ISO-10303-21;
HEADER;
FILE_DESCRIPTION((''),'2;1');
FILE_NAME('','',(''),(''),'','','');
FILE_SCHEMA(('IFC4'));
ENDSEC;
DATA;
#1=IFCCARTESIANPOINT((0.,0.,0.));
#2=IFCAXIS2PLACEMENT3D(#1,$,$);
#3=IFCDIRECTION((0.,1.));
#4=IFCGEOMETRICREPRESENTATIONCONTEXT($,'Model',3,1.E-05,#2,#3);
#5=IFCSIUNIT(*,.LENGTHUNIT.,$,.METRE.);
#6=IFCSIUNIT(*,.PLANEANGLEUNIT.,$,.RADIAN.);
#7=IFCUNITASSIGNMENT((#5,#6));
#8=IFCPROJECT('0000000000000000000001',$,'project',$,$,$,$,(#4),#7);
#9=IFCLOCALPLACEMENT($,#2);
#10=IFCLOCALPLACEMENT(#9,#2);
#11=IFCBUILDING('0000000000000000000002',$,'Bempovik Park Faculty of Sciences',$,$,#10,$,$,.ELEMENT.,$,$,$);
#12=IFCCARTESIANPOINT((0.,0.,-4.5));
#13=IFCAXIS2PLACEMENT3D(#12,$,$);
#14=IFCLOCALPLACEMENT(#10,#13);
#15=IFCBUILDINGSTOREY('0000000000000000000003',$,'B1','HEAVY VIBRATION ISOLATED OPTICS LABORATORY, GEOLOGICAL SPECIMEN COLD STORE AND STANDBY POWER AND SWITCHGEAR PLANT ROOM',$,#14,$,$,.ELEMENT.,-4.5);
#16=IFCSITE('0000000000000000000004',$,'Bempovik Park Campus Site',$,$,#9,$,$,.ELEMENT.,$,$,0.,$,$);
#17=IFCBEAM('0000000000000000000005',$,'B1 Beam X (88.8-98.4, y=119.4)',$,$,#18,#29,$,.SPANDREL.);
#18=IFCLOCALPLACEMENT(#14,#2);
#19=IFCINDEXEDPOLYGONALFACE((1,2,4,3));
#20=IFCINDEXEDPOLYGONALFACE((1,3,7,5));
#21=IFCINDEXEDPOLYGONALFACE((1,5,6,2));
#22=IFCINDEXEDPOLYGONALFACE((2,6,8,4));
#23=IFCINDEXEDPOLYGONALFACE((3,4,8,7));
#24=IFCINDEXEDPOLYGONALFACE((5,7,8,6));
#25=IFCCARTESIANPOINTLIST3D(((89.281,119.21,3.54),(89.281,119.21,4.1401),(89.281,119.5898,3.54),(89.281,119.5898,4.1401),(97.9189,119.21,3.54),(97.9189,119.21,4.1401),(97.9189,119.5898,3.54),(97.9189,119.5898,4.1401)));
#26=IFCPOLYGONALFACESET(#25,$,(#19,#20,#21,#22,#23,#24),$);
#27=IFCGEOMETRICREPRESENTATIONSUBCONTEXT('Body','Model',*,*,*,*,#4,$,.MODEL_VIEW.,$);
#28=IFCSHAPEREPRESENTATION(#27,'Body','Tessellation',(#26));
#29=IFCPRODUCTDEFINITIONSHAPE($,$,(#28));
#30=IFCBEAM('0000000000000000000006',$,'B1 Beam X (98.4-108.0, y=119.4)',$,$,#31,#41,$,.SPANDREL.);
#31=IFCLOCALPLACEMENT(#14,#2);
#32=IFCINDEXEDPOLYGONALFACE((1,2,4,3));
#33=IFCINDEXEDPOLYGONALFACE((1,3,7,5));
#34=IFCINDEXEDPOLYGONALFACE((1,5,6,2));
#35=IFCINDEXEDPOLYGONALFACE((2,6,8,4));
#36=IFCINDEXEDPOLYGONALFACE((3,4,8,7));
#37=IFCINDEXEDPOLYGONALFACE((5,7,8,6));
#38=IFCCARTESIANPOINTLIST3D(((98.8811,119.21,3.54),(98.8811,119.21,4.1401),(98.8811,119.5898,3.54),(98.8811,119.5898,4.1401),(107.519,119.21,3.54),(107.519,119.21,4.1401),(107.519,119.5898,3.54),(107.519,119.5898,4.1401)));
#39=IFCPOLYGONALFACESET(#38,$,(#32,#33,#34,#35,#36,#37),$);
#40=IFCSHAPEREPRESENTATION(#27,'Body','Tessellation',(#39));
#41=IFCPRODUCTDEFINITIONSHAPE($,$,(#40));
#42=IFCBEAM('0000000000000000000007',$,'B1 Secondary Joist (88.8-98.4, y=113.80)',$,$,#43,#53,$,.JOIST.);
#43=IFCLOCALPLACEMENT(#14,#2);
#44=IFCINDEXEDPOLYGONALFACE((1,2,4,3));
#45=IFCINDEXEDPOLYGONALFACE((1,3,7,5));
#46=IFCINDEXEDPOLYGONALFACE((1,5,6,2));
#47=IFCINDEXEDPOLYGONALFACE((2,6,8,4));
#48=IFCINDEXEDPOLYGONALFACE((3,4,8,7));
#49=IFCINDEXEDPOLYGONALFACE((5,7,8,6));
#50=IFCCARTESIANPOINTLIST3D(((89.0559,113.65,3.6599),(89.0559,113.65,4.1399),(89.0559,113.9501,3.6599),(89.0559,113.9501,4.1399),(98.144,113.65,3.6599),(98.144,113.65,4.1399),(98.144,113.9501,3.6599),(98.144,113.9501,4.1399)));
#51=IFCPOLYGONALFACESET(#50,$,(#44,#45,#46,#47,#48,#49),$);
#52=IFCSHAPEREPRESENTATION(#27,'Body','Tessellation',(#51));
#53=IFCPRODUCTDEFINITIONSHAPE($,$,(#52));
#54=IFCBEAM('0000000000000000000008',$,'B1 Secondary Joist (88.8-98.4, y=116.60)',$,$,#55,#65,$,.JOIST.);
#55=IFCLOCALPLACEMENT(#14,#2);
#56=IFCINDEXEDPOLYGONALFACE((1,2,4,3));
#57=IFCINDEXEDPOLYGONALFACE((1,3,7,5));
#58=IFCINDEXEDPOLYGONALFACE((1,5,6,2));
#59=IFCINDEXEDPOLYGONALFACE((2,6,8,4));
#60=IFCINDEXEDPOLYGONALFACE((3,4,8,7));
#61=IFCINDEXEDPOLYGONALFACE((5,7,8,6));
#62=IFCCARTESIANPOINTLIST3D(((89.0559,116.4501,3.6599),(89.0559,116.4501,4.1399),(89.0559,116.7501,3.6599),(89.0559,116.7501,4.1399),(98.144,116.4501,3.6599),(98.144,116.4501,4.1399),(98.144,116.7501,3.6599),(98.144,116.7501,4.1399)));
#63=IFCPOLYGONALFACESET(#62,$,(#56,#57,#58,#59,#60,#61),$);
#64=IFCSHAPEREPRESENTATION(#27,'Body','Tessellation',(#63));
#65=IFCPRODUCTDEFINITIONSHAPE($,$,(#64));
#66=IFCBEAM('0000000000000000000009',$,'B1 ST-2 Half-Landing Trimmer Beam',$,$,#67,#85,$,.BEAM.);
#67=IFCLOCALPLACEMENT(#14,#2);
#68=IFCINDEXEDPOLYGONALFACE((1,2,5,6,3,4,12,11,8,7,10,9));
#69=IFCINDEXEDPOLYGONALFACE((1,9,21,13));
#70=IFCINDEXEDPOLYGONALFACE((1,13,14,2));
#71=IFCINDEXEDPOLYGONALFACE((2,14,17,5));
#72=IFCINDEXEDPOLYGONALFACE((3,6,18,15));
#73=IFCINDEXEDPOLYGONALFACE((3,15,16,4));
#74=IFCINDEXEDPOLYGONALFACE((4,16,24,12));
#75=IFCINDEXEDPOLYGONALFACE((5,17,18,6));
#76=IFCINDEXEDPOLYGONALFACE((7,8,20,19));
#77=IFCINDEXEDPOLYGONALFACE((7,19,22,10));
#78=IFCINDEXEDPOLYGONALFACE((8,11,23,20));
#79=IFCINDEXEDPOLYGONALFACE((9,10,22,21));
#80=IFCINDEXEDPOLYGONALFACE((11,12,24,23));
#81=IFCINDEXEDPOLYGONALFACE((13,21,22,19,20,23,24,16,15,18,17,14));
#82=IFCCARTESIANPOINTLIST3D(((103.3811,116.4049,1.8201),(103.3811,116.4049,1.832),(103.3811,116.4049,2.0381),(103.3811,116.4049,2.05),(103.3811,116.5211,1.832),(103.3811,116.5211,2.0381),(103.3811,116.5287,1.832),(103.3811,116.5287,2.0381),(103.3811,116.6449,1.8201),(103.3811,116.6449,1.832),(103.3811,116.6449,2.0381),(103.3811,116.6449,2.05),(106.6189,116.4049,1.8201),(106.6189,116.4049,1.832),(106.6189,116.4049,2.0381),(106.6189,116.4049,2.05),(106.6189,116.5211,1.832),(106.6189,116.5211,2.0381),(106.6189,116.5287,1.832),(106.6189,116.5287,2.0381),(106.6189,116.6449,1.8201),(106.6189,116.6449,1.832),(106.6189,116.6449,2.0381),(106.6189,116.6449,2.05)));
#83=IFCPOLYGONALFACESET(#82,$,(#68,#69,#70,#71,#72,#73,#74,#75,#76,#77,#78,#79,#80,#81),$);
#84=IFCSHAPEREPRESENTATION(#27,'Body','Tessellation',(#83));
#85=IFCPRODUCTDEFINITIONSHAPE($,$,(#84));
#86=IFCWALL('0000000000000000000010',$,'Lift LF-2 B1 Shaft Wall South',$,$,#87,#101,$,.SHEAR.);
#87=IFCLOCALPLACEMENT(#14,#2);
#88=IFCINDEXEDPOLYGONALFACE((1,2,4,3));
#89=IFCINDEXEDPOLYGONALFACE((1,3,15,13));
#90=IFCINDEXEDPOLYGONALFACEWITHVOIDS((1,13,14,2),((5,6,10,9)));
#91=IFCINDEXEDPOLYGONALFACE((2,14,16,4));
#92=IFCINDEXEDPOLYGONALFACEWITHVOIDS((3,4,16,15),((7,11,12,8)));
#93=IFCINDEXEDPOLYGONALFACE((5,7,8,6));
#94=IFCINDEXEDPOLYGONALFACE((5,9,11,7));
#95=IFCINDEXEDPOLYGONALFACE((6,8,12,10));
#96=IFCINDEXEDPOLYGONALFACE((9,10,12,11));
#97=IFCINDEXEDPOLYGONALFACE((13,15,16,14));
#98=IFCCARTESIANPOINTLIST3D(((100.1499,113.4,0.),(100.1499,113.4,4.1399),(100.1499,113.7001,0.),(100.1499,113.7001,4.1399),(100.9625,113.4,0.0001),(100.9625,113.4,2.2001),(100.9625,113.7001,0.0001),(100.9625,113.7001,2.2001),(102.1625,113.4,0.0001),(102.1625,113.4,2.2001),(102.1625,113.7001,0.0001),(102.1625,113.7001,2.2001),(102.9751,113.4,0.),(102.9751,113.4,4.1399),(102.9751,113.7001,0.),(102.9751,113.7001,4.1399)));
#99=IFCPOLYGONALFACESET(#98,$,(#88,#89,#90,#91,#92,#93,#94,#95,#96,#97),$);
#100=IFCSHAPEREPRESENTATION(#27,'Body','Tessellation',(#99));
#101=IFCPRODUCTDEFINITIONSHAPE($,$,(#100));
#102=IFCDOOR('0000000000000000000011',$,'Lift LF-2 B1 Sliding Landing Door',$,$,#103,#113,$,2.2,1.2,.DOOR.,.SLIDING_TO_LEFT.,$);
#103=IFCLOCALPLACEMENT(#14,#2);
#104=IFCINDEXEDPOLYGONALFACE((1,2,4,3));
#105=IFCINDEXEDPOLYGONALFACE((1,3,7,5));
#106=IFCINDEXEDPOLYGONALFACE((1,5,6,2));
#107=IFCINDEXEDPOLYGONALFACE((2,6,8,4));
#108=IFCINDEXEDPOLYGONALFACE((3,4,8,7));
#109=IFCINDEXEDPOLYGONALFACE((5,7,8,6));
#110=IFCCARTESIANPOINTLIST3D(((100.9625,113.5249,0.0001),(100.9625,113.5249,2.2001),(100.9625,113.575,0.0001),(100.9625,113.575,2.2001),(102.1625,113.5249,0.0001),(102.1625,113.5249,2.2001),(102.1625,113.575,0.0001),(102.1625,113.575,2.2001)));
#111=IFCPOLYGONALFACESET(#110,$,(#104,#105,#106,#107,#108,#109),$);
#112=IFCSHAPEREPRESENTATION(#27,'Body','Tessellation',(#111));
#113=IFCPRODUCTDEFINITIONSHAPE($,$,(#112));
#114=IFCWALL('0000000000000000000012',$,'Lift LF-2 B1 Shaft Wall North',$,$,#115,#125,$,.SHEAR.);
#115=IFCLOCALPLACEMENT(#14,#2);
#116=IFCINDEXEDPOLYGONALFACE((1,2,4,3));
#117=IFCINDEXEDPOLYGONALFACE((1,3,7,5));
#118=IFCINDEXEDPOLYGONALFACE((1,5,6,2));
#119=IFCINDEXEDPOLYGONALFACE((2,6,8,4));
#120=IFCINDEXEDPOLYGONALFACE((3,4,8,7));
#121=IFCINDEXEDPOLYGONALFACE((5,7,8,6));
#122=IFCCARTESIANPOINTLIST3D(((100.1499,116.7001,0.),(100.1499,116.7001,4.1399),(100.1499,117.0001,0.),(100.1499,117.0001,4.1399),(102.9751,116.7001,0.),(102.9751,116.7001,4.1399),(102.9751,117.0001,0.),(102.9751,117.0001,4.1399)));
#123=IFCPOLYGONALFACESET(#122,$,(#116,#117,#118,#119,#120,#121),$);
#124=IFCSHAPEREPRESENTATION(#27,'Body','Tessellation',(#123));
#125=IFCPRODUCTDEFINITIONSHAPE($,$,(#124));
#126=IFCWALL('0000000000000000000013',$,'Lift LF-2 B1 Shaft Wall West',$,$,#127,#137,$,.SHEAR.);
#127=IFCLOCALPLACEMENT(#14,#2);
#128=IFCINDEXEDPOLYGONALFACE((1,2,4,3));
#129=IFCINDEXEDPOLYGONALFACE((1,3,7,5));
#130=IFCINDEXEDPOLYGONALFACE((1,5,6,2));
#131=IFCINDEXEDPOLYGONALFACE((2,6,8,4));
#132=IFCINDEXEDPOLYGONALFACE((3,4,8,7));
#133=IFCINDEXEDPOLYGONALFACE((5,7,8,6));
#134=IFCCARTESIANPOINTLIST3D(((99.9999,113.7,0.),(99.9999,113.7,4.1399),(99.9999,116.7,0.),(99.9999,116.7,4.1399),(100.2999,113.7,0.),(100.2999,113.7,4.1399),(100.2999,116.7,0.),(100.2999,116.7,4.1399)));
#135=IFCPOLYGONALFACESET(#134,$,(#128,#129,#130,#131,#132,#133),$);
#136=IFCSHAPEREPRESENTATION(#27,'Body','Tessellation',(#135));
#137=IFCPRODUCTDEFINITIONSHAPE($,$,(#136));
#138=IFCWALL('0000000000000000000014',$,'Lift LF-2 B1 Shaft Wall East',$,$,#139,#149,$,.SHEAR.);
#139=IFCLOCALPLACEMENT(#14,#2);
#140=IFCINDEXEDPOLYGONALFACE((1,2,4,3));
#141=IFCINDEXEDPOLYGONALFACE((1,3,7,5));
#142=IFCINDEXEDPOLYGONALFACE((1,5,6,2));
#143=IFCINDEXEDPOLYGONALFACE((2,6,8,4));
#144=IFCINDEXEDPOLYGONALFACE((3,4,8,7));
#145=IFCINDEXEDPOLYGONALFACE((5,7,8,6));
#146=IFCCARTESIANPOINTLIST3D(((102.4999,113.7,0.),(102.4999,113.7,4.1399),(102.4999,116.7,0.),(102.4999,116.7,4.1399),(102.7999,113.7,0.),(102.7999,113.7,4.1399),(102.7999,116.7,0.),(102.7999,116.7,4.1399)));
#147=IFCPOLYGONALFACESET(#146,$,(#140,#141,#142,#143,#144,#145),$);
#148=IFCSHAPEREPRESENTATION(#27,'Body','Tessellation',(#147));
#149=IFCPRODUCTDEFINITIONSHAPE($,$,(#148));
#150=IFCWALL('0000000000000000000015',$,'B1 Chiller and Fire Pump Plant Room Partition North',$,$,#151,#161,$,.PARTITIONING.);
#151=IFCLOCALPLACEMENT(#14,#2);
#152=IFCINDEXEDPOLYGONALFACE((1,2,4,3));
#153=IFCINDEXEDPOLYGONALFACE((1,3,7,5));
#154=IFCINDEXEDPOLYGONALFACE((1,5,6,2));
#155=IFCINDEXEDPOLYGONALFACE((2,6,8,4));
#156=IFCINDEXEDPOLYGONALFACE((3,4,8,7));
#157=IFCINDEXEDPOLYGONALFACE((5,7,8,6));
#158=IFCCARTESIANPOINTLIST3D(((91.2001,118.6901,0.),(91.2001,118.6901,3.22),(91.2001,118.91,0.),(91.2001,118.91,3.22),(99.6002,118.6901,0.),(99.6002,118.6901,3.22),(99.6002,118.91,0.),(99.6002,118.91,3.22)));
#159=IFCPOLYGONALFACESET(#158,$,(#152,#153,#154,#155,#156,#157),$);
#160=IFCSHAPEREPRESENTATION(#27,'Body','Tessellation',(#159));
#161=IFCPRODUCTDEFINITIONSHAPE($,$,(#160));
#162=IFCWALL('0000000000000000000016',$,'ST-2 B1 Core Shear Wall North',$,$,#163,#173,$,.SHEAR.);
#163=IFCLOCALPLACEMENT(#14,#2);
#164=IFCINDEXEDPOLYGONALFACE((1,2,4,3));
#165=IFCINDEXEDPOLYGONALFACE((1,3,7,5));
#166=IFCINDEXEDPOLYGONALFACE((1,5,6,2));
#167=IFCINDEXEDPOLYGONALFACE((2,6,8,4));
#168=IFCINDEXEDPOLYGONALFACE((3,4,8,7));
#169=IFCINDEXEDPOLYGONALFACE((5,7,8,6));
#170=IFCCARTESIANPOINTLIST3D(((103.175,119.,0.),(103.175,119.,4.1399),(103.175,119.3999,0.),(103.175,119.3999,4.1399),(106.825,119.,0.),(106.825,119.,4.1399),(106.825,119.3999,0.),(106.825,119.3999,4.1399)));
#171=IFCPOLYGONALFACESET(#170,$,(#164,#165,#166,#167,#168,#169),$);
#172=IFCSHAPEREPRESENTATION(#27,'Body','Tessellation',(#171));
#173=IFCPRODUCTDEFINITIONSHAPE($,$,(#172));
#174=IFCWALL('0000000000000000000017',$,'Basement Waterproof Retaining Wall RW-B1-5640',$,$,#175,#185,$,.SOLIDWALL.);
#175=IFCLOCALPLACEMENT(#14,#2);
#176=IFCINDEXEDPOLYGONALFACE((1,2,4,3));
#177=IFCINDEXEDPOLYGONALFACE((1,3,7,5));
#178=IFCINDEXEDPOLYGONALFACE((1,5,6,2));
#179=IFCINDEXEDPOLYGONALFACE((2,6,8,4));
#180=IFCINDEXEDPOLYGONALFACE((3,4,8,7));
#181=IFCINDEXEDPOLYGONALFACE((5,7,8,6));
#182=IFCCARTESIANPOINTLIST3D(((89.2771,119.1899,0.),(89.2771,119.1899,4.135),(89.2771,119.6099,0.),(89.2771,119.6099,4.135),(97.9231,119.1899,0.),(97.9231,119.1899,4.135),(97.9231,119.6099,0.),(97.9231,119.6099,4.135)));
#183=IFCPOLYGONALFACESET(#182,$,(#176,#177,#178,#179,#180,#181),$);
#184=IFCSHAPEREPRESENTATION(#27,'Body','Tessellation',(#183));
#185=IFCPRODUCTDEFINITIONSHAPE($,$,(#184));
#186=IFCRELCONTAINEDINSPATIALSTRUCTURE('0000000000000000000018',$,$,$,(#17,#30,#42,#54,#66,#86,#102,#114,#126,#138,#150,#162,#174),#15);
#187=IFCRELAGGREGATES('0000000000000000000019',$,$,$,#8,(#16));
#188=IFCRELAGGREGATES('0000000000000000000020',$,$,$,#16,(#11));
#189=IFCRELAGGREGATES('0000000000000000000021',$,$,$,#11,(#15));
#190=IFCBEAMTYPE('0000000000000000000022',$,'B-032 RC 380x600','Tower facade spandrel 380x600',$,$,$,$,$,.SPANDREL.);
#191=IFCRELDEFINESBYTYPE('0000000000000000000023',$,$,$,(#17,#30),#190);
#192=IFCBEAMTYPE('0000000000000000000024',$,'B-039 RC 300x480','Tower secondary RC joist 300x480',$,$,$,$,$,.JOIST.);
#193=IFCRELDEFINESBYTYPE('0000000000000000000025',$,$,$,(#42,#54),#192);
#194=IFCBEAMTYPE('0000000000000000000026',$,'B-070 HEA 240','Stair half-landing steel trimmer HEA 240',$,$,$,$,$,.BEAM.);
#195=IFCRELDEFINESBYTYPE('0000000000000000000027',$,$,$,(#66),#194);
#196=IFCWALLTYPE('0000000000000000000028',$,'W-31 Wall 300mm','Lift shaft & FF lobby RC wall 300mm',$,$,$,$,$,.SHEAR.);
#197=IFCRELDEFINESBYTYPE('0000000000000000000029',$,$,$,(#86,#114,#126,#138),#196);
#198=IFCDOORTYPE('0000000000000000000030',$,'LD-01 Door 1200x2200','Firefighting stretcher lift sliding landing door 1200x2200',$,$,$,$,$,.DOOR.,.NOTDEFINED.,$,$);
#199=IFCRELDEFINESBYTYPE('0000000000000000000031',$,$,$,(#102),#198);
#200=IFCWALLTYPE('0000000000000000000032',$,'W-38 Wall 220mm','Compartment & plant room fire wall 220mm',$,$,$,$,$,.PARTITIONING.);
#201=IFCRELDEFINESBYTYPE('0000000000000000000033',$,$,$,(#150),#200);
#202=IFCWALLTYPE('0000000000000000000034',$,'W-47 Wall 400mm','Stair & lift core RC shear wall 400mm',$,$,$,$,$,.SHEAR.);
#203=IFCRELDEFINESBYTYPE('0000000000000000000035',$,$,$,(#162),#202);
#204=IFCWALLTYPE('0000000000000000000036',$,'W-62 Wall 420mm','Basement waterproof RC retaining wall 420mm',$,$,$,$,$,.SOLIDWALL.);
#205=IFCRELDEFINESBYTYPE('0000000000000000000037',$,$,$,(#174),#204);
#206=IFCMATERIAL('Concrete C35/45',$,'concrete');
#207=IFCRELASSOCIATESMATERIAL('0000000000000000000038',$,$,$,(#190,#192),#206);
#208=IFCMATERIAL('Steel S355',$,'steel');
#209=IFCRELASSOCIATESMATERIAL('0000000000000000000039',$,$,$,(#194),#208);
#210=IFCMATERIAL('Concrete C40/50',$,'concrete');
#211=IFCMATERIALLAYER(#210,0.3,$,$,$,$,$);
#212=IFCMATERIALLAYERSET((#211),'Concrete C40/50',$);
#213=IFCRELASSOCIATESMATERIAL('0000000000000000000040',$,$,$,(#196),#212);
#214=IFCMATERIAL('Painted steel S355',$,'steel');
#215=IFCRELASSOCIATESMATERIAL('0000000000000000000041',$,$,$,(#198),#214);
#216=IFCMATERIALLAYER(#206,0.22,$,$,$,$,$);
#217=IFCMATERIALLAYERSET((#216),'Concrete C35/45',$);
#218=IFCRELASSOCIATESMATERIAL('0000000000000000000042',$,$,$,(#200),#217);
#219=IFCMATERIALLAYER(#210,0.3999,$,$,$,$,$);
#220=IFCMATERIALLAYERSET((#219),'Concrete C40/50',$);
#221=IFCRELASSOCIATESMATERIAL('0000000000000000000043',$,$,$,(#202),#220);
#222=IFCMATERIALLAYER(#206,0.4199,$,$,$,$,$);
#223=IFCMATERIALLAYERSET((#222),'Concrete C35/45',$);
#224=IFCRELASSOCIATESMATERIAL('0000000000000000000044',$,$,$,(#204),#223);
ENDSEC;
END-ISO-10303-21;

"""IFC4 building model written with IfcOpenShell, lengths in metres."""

from ifc_helpers import new_model, si_unit, direction, frame, frame_2d, origin, origin_2d, place, context, subcontext, project, spatial, rectangle, i_section, extrude, material, layer, layer_set, material_profile, profile_set, type_object, element, fill, save


model = new_model("IFC4")

# Units and contexts
model_context = context("Model", 3, precision=1e-05, world=origin(), true_north=direction((0.0, 1.0)))
body_context = subcontext(model_context, "Body", "Model", "MODEL_VIEW")
ifc_project = project(units=[si_unit("LENGTHUNIT", "METRE"), si_unit("PLANEANGLEUNIT", "RADIAN")], contexts=[model_context])

# Site, building, storey
site_placement = place(None, origin())
site = spatial("IfcSite", under=ifc_project, at=site_placement, Name="Bempovik Park Campus Site", CompositionType="ELEMENT", RefElevation=0.0)
building_placement = place(site_placement, origin())
building = spatial("IfcBuilding", under=site, at=building_placement, Name="Bempovik Park Faculty of Sciences", CompositionType="ELEMENT")
storey_placement = place(building_placement, frame((0.0, 0.0, -4.5)))
storey = spatial("IfcBuildingStorey", under=building, at=storey_placement, Name="B1", Description="HEAVY VIBRATION ISOLATED OPTICS LABORATORY, GEOLOGICAL SPECIMEN COLD STORE AND STANDBY POWER AND SWITCHGEAR PLANT ROOM", CompositionType="ELEMENT", Elevation=-4.5)

# Shared definitions
ifc_material_1 = material(Name="Concrete C35/45", Category="concrete")

# Shared definitions
ifc_material_2 = material(Name="Concrete C40/50", Category="concrete")

# Beams
ifc_material_profile_1 = material_profile(ifc_material_1, rectangle(XDim=0.3799, YDim=0.6001, at=origin_2d()), Name="RC 380x600")
ifc_profile_set_1 = profile_set([ifc_material_profile_1], Name="Concrete C35/45")
beam_type_1 = type_object("IfcBeamType", Name="B-032 RC 380x600", Description="Tower facade spandrel 380x600", PredefinedType="SPANDREL", material=ifc_profile_set_1)
for number, where, z_axis, x_axis, name in (
    (1, (89.281, 119.3999, 3.8401), (1.0, 0.0, 0.0), (0.0, 1.0, 0.0), "B1 Beam X (88.8-98.4, y=119.4)"),
    (2, (98.8811, 119.3999, 3.8401), (1.0, 0.0, 0.0), (0.0, 1.0, 0.0), "B1 Beam X (98.4-108.0, y=119.4)"),
):
    element("IfcBeam", number, at=place(storey_placement, frame(where, z_axis=z_axis, x_axis=x_axis)), inside=storey, type_object=beam_type_1, Name=name, PredefinedType="SPANDREL", context=body_context, shape_type="SweptSolid", body=[
        extrude(rectangle(XDim=0.3799, YDim=0.6001, at=origin_2d()), origin(), (0.0, 0.0, 1.0), 8.6379),
    ])
ifc_material_profile_2 = material_profile(ifc_material_1, rectangle(XDim=0.3, YDim=0.48, at=origin_2d()), Name="RC 300x480")
ifc_profile_set_2 = profile_set([ifc_material_profile_2], Name="Concrete C35/45")
beam_type_2 = type_object("IfcBeamType", Name="B-039 RC 300x480", Description="Tower secondary RC joist 300x480", PredefinedType="JOIST", material=ifc_profile_set_2)
for number, where, z_axis, x_axis, name in (
    (3, (89.0559, 113.8, 3.8999), (1.0, 0.0, 0.0), (0.0, 1.0, 0.0), "B1 Secondary Joist (88.8-98.4, y=113.80)"),
    (4, (89.0559, 116.6001, 3.8999), (1.0, 0.0, 0.0), (0.0, 1.0, 0.0), "B1 Secondary Joist (88.8-98.4, y=116.60)"),
):
    element("IfcBeam", number, at=place(storey_placement, frame(where, z_axis=z_axis, x_axis=x_axis)), inside=storey, type_object=beam_type_2, Name=name, PredefinedType="JOIST", context=body_context, shape_type="SweptSolid", body=[
        extrude(rectangle(XDim=0.3, YDim=0.48, at=origin_2d()), origin(), (0.0, 0.0, 1.0), 9.0881),
    ])
ifc_material_3 = material(Name="Steel S355", Category="steel")
ifc_material_profile_3 = material_profile(ifc_material_3, i_section(OverallWidth=0.24, OverallDepth=0.23, WebThickness=0.0076, FlangeThickness=0.012, at=origin_2d()), Name="HEA 240")
ifc_profile_set_3 = profile_set([ifc_material_profile_3], Name="Steel S355")
beam_type_3 = type_object("IfcBeamType", Name="B-070 HEA 240", Description="Stair half-landing steel trimmer HEA 240", PredefinedType="BEAM", material=ifc_profile_set_3)
beam_placement = place(storey_placement, frame((103.3811, 116.5249, 1.9351), z_axis=(1.0, 0.0, 0.0), x_axis=(0.0, 1.0, 0.0)))
element("IfcBeam", 5, at=beam_placement, inside=storey, type_object=beam_type_3, Name="B1 ST-2 Half-Landing Trimmer Beam", PredefinedType="BEAM", context=body_context, shape_type="SweptSolid", body=[
    extrude(i_section(OverallWidth=0.24, OverallDepth=0.23, WebThickness=0.0076, FlangeThickness=0.012, at=origin_2d()), origin(), (0.0, 0.0, 1.0), 3.2378),
])

# Wall, opening, door
ifc_layer_1 = layer(ifc_material_2, 0.3)
ifc_layer_set_1 = layer_set([ifc_layer_1], Name="Concrete C40/50")
wall_type_1 = type_object("IfcWallType", Name="W-31 Wall 300mm", Description="Lift shaft & FF lobby RC wall 300mm", PredefinedType="SHEAR", material=ifc_layer_set_1)
wall_1_placement = place(storey_placement, frame((100.1499, 113.55, 0.0), z_axis=(0.0, 0.0, 1.0), x_axis=(1.0, 0.0, 0.0)))
wall_1 = element("IfcWall", 6, at=wall_1_placement, inside=storey, type_object=wall_type_1, Name="Lift LF-2 B1 Shaft Wall South", PredefinedType="SHEAR", context=body_context, shape_type="SweptSolid", body=[
    extrude(rectangle(XDim=2.8252, YDim=0.3, at=frame_2d((1.4126, 0.0))), origin(), (0.0, 0.0, 1.0), 4.1399),
])
opening_placement = place(wall_1_placement, frame((0.8125, 0.0, 0.0)))
opening = element("IfcOpeningElement", 7, at=opening_placement, cuts=wall_1, PredefinedType="OPENING", context=body_context, shape_type="SweptSolid", body=[
    extrude(rectangle(XDim=1.2, YDim=2.2, at=frame_2d((0.6001, 1.1001))), frame((0.0, 0.1602, 0.0), z_axis=(0.0, -1.0, 0.0), x_axis=(1.0, 0.0, 0.0)), (0.0, 0.0, 1.0), 0.3201),
])
ifc_material_4 = material(Name="Painted steel S355", Category="steel")
door_type = type_object("IfcDoorType", Name="LD-01 Door 1200x2200", Description="Firefighting stretcher lift sliding landing door 1200x2200", OperationType="NOTDEFINED", PredefinedType="DOOR", material=ifc_material_4)
door_placement = place(opening_placement, origin())
door = element("IfcDoor", 8, at=door_placement, inside=storey, type_object=door_type, Name="Lift LF-2 B1 Sliding Landing Door", OperationType="SLIDING_TO_LEFT", OverallHeight=2.2, OverallWidth=1.2, PredefinedType="DOOR", context=body_context, shape_type="SweptSolid", body=[
    extrude(rectangle(XDim=1.2, YDim=2.2, at=frame_2d((0.6001, 1.1001))), frame((0.0, 0.0249, 0.0), z_axis=(0.0, -1.0, 0.0), x_axis=(1.0, 0.0, 0.0)), (0.0, 0.0, 1.0), 0.05),
])
fill(opening, door)

# Walls
wall_2_placement = place(storey_placement, frame((100.1499, 116.8501, 0.0), z_axis=(0.0, 0.0, 1.0), x_axis=(1.0, 0.0, 0.0)))
element("IfcWall", 9, at=wall_2_placement, inside=storey, type_object=wall_type_1, Name="Lift LF-2 B1 Shaft Wall North", PredefinedType="SHEAR", context=body_context, shape_type="SweptSolid", body=[
    extrude(rectangle(XDim=2.8252, YDim=0.3, at=frame_2d((1.4126, 0.0))), origin(), (0.0, 0.0, 1.0), 4.1399),
])
for number, where, z_axis, x_axis, name in (
    (10, (100.1499, 113.7, 0.0), (0.0, 0.0, 1.0), (0.0, 1.0, 0.0), "Lift LF-2 B1 Shaft Wall West"),
    (11, (102.6499, 113.7, 0.0), (0.0, 0.0, 1.0), (0.0, 1.0, 0.0), "Lift LF-2 B1 Shaft Wall East"),
):
    element("IfcWall", number, at=place(storey_placement, frame(where, z_axis=z_axis, x_axis=x_axis)), inside=storey, type_object=wall_type_1, Name=name, PredefinedType="SHEAR", context=body_context, shape_type="SweptSolid", body=[
        extrude(rectangle(XDim=3.0, YDim=0.3, at=frame_2d((1.5, 0.0))), origin(), (0.0, 0.0, 1.0), 4.1399),
    ])
ifc_layer_2 = layer(ifc_material_1, 0.22)
ifc_layer_set_2 = layer_set([ifc_layer_2], Name="Concrete C35/45")
wall_type_2 = type_object("IfcWallType", Name="W-38 Wall 220mm", Description="Compartment & plant room fire wall 220mm", PredefinedType="PARTITIONING", material=ifc_layer_set_2)
wall_3_placement = place(storey_placement, frame((91.2, 118.8, 0.0), z_axis=(0.0, 0.0, 1.0), x_axis=(1.0, 0.0, 0.0)))
element("IfcWall", 12, at=wall_3_placement, inside=storey, type_object=wall_type_2, Name="B1 Chiller and Fire Pump Plant Room Partition North", PredefinedType="PARTITIONING", context=body_context, shape_type="SweptSolid", body=[
    extrude(rectangle(XDim=8.4001, YDim=0.22, at=frame_2d((4.2002, 0.0))), origin(), (0.0, 0.0, 1.0), 3.22),
])
ifc_layer_3 = layer(ifc_material_2, 0.3999)
ifc_layer_set_3 = layer_set([ifc_layer_3], Name="Concrete C40/50")
wall_type_3 = type_object("IfcWallType", Name="W-47 Wall 400mm", Description="Stair & lift core RC shear wall 400mm", PredefinedType="SHEAR", material=ifc_layer_set_3)
wall_4_placement = place(storey_placement, frame((103.175, 119.2, 0.0), z_axis=(0.0, 0.0, 1.0), x_axis=(1.0, 0.0, 0.0)))
element("IfcWall", 13, at=wall_4_placement, inside=storey, type_object=wall_type_3, Name="ST-2 B1 Core Shear Wall North", PredefinedType="SHEAR", context=body_context, shape_type="SweptSolid", body=[
    extrude(rectangle(XDim=3.6499, YDim=0.3999, at=frame_2d((1.825, 0.0))), origin(), (0.0, 0.0, 1.0), 4.1399),
])
ifc_layer_4 = layer(ifc_material_1, 0.4199)
ifc_layer_set_4 = layer_set([ifc_layer_4], Name="Concrete C35/45")
wall_type_4 = type_object("IfcWallType", Name="W-62 Wall 420mm", Description="Basement waterproof RC retaining wall 420mm", PredefinedType="SOLIDWALL", material=ifc_layer_set_4)
wall_5_placement = place(storey_placement, frame((89.2771, 119.3999, 0.0), z_axis=(0.0, 0.0, 1.0), x_axis=(1.0, 0.0, 0.0)))
element("IfcWall", 14, at=wall_5_placement, inside=storey, type_object=wall_type_4, Name="Basement Waterproof Retaining Wall RW-B1-5640", PredefinedType="SOLIDWALL", context=body_context, shape_type="SweptSolid", body=[
    extrude(rectangle(XDim=8.646, YDim=0.4199, at=frame_2d((4.323, 0.0))), origin(), (0.0, 0.0, 1.0), 4.135),
])

save(model, "model.ifc")
